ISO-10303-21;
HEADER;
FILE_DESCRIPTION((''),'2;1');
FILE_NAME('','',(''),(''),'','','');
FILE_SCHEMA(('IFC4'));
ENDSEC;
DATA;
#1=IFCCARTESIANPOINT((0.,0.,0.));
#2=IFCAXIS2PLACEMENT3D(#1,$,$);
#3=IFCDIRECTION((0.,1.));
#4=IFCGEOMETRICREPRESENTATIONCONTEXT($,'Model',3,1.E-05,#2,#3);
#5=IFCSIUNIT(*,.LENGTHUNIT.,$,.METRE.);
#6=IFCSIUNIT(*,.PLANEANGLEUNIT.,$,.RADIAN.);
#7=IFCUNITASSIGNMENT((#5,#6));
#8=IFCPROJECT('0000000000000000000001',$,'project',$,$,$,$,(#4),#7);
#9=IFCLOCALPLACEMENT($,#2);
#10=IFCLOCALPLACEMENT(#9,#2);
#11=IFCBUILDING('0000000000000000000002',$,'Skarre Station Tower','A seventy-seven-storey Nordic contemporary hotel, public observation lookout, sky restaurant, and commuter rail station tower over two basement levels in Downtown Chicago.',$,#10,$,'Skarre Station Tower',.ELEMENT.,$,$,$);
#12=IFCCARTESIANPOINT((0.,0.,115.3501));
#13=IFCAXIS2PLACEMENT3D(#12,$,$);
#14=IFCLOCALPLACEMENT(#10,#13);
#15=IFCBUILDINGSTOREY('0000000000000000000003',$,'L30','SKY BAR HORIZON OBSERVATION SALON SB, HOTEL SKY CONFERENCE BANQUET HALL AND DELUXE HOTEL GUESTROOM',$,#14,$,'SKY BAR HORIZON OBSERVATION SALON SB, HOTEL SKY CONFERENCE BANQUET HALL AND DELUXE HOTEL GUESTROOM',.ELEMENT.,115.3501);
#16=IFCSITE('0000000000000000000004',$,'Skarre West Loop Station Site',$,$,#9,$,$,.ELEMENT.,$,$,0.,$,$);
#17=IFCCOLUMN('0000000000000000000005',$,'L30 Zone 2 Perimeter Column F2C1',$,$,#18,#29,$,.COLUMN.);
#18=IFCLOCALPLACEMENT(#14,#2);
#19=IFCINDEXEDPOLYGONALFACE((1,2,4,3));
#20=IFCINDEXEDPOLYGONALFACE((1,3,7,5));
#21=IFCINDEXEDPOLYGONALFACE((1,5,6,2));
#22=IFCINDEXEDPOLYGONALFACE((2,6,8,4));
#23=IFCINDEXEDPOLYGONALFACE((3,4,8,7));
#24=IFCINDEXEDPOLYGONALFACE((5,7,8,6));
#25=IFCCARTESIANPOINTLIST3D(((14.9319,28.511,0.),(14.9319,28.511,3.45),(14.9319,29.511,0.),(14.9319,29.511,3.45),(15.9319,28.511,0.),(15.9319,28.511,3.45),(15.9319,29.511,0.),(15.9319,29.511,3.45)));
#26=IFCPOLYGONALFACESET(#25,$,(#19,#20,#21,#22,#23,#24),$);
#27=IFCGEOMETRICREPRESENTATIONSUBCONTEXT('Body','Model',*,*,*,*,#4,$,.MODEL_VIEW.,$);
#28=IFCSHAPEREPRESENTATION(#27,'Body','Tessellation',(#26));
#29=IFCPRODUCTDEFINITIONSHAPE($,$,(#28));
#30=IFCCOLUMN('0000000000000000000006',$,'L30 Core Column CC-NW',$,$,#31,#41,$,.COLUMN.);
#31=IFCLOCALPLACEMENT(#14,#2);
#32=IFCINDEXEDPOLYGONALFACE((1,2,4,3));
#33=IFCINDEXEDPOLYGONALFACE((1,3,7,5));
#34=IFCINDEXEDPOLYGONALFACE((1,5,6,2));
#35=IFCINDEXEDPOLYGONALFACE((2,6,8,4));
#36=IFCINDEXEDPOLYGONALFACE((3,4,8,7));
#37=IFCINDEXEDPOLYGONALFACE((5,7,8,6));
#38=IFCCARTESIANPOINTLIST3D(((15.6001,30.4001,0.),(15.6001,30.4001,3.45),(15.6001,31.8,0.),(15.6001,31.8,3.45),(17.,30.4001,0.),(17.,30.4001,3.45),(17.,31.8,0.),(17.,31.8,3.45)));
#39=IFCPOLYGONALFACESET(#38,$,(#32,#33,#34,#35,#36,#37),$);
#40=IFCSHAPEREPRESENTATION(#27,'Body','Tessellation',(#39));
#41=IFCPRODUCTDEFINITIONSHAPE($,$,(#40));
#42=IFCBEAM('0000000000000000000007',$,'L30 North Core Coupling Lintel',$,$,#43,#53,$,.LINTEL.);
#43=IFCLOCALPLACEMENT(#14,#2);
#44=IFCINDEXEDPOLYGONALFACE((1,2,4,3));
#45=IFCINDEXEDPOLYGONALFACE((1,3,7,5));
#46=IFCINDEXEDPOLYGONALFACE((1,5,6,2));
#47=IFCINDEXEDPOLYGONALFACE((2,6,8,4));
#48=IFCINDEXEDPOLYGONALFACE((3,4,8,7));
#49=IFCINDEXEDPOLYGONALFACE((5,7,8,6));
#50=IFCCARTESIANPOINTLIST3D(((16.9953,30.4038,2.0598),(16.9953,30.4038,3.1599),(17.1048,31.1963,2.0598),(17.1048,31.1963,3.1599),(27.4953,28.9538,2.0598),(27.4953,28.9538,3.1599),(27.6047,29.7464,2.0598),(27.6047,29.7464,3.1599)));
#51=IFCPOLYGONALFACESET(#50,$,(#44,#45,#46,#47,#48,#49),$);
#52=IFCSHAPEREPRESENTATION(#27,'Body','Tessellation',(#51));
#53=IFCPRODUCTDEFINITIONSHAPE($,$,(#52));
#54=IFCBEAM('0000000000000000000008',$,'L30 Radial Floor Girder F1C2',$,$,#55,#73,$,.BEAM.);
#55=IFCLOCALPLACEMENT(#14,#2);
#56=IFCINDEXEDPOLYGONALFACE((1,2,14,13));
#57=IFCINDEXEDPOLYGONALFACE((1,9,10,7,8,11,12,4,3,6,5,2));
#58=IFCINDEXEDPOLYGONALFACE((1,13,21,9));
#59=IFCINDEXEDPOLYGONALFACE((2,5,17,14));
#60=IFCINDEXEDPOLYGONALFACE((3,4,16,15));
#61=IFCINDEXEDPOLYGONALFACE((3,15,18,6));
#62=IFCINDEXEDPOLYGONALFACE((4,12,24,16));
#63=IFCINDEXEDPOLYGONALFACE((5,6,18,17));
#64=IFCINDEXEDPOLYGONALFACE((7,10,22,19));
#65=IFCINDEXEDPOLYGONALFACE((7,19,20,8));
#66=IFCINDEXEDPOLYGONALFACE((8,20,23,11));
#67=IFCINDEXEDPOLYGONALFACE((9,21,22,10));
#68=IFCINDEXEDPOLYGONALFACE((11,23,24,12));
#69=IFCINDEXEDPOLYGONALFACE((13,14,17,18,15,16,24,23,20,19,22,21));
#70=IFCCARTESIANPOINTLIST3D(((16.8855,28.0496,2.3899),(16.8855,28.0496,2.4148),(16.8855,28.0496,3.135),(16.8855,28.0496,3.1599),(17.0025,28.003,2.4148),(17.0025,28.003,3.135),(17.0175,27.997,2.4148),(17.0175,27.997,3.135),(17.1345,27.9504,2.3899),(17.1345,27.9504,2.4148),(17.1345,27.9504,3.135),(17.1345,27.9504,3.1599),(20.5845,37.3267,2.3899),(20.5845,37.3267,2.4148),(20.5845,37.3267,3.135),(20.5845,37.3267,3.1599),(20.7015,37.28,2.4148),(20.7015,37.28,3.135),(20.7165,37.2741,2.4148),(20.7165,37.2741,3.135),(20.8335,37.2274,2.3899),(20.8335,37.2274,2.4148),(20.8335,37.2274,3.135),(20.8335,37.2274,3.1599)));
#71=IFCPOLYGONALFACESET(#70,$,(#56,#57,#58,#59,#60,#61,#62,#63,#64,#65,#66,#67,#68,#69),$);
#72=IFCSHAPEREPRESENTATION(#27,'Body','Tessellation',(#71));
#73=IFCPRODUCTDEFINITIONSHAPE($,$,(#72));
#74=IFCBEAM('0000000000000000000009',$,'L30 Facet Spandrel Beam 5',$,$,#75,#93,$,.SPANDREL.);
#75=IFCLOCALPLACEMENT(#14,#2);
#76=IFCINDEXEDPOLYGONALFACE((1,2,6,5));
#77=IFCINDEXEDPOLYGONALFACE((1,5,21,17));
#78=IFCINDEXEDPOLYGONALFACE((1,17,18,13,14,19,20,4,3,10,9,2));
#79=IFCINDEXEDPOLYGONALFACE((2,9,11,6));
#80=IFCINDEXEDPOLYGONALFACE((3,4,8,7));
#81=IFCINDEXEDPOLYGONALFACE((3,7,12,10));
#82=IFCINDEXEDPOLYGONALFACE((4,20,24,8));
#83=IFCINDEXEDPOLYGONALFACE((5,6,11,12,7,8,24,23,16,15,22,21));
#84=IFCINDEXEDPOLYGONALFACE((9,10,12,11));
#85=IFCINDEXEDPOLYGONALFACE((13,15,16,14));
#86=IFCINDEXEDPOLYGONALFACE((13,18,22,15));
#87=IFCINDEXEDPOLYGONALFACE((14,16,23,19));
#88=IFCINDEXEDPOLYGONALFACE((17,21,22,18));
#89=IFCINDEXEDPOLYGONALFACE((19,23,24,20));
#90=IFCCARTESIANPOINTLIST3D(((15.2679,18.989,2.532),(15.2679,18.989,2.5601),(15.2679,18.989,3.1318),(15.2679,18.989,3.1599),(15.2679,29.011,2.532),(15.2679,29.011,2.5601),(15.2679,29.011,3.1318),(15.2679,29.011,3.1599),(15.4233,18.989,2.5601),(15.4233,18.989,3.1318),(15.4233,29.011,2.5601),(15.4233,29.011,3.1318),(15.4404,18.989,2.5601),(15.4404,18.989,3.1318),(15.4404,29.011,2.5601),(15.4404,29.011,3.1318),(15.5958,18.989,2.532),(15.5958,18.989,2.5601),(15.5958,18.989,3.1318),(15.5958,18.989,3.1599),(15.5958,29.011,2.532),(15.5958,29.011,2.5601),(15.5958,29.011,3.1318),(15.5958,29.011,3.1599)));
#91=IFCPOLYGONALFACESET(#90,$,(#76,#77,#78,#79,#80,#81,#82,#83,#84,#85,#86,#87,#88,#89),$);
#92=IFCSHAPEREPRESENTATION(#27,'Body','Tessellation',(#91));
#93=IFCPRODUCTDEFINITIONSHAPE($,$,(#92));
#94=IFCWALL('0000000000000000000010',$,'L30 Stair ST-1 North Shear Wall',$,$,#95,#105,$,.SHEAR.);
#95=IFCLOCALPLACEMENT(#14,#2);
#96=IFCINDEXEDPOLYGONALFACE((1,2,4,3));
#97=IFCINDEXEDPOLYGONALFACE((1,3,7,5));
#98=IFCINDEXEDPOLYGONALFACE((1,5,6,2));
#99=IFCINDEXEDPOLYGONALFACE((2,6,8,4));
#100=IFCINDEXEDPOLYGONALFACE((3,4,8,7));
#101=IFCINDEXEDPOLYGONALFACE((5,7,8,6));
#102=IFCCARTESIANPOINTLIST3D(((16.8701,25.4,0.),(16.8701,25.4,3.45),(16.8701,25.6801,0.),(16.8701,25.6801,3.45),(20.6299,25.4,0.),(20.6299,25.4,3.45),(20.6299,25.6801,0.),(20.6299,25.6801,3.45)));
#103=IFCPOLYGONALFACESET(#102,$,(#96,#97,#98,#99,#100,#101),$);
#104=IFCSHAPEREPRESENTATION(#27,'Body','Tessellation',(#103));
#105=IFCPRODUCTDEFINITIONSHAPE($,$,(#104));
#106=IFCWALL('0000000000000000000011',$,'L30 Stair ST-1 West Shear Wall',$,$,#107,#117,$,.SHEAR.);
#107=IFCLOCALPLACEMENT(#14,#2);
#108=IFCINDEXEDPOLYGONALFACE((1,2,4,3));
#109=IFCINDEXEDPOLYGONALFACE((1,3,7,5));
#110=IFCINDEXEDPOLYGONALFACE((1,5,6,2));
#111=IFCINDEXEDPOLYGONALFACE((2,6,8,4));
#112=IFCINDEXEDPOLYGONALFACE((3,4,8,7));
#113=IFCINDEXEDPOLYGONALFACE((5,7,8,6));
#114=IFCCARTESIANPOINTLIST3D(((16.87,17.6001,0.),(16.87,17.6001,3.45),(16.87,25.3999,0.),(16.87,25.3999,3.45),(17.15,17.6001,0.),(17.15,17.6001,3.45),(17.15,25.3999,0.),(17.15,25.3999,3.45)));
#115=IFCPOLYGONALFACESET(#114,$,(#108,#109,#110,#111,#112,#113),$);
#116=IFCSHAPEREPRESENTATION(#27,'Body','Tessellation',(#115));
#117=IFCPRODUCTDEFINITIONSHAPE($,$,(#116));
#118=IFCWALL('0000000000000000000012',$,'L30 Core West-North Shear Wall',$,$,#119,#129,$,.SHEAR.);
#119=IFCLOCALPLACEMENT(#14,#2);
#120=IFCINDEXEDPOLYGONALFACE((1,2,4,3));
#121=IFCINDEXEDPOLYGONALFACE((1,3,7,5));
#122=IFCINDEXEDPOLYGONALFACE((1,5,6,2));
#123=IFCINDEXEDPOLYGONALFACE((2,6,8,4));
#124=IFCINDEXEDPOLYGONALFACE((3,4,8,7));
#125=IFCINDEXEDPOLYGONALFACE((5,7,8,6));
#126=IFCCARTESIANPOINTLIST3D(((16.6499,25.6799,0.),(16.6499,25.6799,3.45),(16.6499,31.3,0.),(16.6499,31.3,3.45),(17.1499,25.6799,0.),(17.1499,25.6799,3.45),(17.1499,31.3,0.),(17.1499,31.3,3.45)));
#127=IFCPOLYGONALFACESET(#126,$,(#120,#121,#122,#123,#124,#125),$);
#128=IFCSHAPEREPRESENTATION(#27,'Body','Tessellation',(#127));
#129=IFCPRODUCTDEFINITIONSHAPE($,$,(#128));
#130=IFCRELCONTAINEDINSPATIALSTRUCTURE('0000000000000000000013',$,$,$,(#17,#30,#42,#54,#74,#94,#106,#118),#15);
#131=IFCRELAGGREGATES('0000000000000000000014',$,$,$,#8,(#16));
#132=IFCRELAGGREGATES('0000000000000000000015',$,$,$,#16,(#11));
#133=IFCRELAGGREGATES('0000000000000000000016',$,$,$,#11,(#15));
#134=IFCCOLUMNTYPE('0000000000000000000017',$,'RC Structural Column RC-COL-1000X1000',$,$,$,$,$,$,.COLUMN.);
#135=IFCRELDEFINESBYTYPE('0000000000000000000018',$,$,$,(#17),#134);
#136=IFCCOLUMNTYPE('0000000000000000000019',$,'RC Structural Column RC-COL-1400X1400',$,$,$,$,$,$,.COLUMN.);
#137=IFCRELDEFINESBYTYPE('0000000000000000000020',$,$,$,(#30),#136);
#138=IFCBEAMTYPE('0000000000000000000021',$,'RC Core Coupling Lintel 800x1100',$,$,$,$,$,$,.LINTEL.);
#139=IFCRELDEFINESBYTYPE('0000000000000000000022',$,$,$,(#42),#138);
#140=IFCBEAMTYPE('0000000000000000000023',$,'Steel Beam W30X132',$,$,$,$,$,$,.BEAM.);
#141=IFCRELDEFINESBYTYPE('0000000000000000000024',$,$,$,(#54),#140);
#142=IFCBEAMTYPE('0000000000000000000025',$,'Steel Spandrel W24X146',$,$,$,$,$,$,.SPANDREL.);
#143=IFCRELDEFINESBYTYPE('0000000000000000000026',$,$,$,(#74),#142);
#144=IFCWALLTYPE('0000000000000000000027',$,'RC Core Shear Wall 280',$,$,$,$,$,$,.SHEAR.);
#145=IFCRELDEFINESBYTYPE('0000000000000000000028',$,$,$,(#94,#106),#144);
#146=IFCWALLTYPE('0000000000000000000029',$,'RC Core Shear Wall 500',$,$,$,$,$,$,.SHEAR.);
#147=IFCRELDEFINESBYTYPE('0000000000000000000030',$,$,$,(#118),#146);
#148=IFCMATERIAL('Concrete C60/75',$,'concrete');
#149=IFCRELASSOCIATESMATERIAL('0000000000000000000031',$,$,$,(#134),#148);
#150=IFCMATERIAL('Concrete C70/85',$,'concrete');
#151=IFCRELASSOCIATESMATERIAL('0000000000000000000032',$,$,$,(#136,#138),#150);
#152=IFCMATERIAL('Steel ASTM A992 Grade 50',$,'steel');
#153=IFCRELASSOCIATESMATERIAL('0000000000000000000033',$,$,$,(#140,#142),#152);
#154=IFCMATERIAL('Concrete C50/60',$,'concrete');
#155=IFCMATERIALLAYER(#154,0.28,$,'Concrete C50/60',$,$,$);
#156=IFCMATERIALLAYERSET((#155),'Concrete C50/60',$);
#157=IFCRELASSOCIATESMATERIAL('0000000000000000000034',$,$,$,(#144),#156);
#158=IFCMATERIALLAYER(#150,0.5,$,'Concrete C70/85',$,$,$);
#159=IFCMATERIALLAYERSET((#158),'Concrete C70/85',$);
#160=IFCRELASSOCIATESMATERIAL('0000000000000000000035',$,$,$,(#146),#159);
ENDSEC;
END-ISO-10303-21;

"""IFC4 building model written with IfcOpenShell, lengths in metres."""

from ifc_helpers import new_model, si_unit, direction, frame, frame_2d, origin, origin_2d, place, context, subcontext, project, spatial, rectangle, i_section, extrude, material, layer, layer_set, material_profile, profile_set, type_object, element, save


model = new_model("IFC4")

# Units and contexts
model_context = context("Model", 3, precision=1e-05, world=origin(), true_north=direction((0.0, 1.0)))
body_context = subcontext(model_context, "Body", "Model", "MODEL_VIEW")
ifc_project = project(units=[si_unit("LENGTHUNIT", "METRE"), si_unit("PLANEANGLEUNIT", "RADIAN")], contexts=[model_context])

# Site, building, storey
site_placement = place(None, origin())
site = spatial("IfcSite", under=ifc_project, at=site_placement, Name="Skarre West Loop Station Site", CompositionType="ELEMENT", RefElevation=0.0)
building_placement = place(site_placement, origin())
building = spatial("IfcBuilding", under=site, at=building_placement, Name="Skarre Station Tower", Description="A seventy-seven-storey Nordic contemporary hotel, public observation lookout, sky restaurant, and commuter rail station tower over two basement levels in Downtown Chicago.", LongName="Skarre Station Tower", CompositionType="ELEMENT")
storey_placement = place(building_placement, frame((0.0, 0.0, 115.3501)))
storey = spatial("IfcBuildingStorey", under=building, at=storey_placement, Name="L30", Description="SKY BAR HORIZON OBSERVATION SALON SB, HOTEL SKY CONFERENCE BANQUET HALL AND DELUXE HOTEL GUESTROOM", LongName="SKY BAR HORIZON OBSERVATION SALON SB, HOTEL SKY CONFERENCE BANQUET HALL AND DELUXE HOTEL GUESTROOM", CompositionType="ELEMENT", Elevation=115.3501)

# Columns
ifc_material_1 = material(Name="Concrete C60/75", Category="concrete")
ifc_material_profile_1 = material_profile(ifc_material_1, rectangle(XDim=1.0, YDim=1.0, at=origin_2d()), Name="Concrete C60/75")
ifc_profile_set_1 = profile_set([ifc_material_profile_1], Name="Concrete C60/75")
column_type_1 = type_object("IfcColumnType", Name="RC Structural Column RC-COL-1000X1000", PredefinedType="COLUMN", material=ifc_profile_set_1)
column_1_placement = place(storey_placement, frame((15.4319, 29.011, 0.0), z_axis=(0.0, 0.0, 1.0), x_axis=(1.0, 0.0, 0.0)))
element("IfcColumn", 1, at=column_1_placement, inside=storey, type_object=column_type_1, Name="L30 Zone 2 Perimeter Column F2C1", PredefinedType="COLUMN", context=body_context, shape_type="SweptSolid", body=[
    extrude(rectangle(XDim=1.0, YDim=1.0, at=origin_2d()), origin(), (0.0, 0.0, 1.0), 3.45),
])
ifc_material_2 = material(Name="Concrete C70/85", Category="concrete")
ifc_material_profile_2 = material_profile(ifc_material_2, rectangle(XDim=1.3999, YDim=1.3999, at=origin_2d()), Name="Concrete C70/85")
ifc_profile_set_2 = profile_set([ifc_material_profile_2], Name="Concrete C70/85")
column_type_2 = type_object("IfcColumnType", Name="RC Structural Column RC-COL-1400X1400", PredefinedType="COLUMN", material=ifc_profile_set_2)
column_2_placement = place(storey_placement, frame((16.3, 31.1001, 0.0), z_axis=(0.0, 0.0, 1.0), x_axis=(1.0, 0.0, 0.0)))
element("IfcColumn", 2, at=column_2_placement, inside=storey, type_object=column_type_2, Name="L30 Core Column CC-NW", PredefinedType="COLUMN", context=body_context, shape_type="SweptSolid", body=[
    extrude(rectangle(XDim=1.3999, YDim=1.3999, at=origin_2d()), origin(), (0.0, 0.0, 1.0), 3.45),
])

# Beams
ifc_material_profile_3 = material_profile(ifc_material_2, rectangle(XDim=0.8, YDim=1.1001, at=origin_2d()), Name="Concrete C70/85")
ifc_profile_set_3 = profile_set([ifc_material_profile_3], Name="Concrete C70/85")
beam_type_1 = type_object("IfcBeamType", Name="RC Core Coupling Lintel 800x1100", PredefinedType="LINTEL", material=ifc_profile_set_3)
beam_1_placement = place(storey_placement, frame((17.05, 30.8, 2.6099), z_axis=(0.9906, -0.136792, 0.0), x_axis=(0.136792, 0.9906, 0.0)))
element("IfcBeam", 3, at=beam_1_placement, inside=storey, type_object=beam_type_1, Name="L30 North Core Coupling Lintel", PredefinedType="LINTEL", context=body_context, shape_type="SweptSolid", body=[
    extrude(rectangle(XDim=0.8, YDim=1.1001, at=origin_2d()), origin(), (0.0, 0.0, 1.0), 10.5996),
])
ifc_material_3 = material(Name="Steel ASTM A992 Grade 50", Category="steel")
ifc_material_profile_4 = material_profile(ifc_material_3, i_section(OverallWidth=0.2681, OverallDepth=0.77, WebThickness=0.0161, FlangeThickness=0.0249, at=origin_2d()), Name="Steel ASTM A992 Grade 50")
ifc_profile_set_4 = profile_set([ifc_material_profile_4], Name="Steel ASTM A992 Grade 50")
beam_type_2 = type_object("IfcBeamType", Name="Steel Beam W30X132", PredefinedType="BEAM", material=ifc_profile_set_4)
beam_2_placement = place(storey_placement, frame((17.01, 28.0, 2.7749), z_axis=(0.370366, 0.928886, 0.0), x_axis=(-0.928886, 0.370366, 0.0)))
element("IfcBeam", 4, at=beam_2_placement, inside=storey, type_object=beam_type_2, Name="L30 Radial Floor Girder F1C2", PredefinedType="BEAM", context=body_context, shape_type="SweptSolid", body=[
    extrude(i_section(OverallWidth=0.2681, OverallDepth=0.77, WebThickness=0.0161, FlangeThickness=0.0249, at=origin_2d()), origin(), (0.0, 0.0, 1.0), 9.9873),
])
ifc_material_profile_5 = material_profile(ifc_material_3, i_section(OverallWidth=0.3279, OverallDepth=0.6279, WebThickness=0.0171, FlangeThickness=0.0281, at=origin_2d()), Name="Steel ASTM A992 Grade 50")
ifc_profile_set_5 = profile_set([ifc_material_profile_5], Name="Steel ASTM A992 Grade 50")
beam_type_3 = type_object("IfcBeamType", Name="Steel Spandrel W24X146", PredefinedType="SPANDREL", material=ifc_profile_set_5)
beam_3_placement = place(storey_placement, frame((15.4319, 29.011, 2.8459), z_axis=(0.0, -1.0, 0.0), x_axis=(1.0, 0.0, 0.0)))
element("IfcBeam", 5, at=beam_3_placement, inside=storey, type_object=beam_type_3, Name="L30 Facet Spandrel Beam 5", PredefinedType="SPANDREL", context=body_context, shape_type="SweptSolid", body=[
    extrude(i_section(OverallWidth=0.3279, OverallDepth=0.6279, WebThickness=0.0171, FlangeThickness=0.0281, at=origin_2d()), origin(), (0.0, 0.0, 1.0), 10.022),
])

# Walls
ifc_material_4 = material(Name="Concrete C50/60", Category="concrete")
ifc_layer_1 = layer(ifc_material_4, 0.28, Name="Concrete C50/60")
ifc_layer_set_1 = layer_set([ifc_layer_1], Name="Concrete C50/60")
wall_type_1 = type_object("IfcWallType", Name="RC Core Shear Wall 280", PredefinedType="SHEAR", material=ifc_layer_set_1)
wall_1_placement = place(storey_placement, frame((20.6299, 25.54, 0.0), z_axis=(0.0, 0.0, 1.0), x_axis=(-1.0, 0.0, 0.0)))
element("IfcWall", 6, at=wall_1_placement, inside=storey, type_object=wall_type_1, Name="L30 Stair ST-1 North Shear Wall", PredefinedType="SHEAR", context=body_context, shape_type="SweptSolid", body=[
    extrude(rectangle(XDim=3.7598, YDim=0.28, at=frame_2d((1.8799, 0.0))), origin(), (0.0, 0.0, 1.0), 3.45),
])
wall_2_placement = place(storey_placement, frame((17.01, 25.3999, 0.0), z_axis=(0.0, 0.0, 1.0), x_axis=(0.0, -1.0, 0.0)))
element("IfcWall", 7, at=wall_2_placement, inside=storey, type_object=wall_type_1, Name="L30 Stair ST-1 West Shear Wall", PredefinedType="SHEAR", context=body_context, shape_type="SweptSolid", body=[
    extrude(rectangle(XDim=7.7998, YDim=0.28, at=frame_2d((3.8999, 0.0))), origin(), (0.0, 0.0, 1.0), 3.45),
])
ifc_layer_2 = layer(ifc_material_2, 0.5, Name="Concrete C70/85")
ifc_layer_set_2 = layer_set([ifc_layer_2], Name="Concrete C70/85")
wall_type_2 = type_object("IfcWallType", Name="RC Core Shear Wall 500", PredefinedType="SHEAR", material=ifc_layer_set_2)
wall_3_placement = place(storey_placement, frame((16.8999, 25.6799, 0.0), z_axis=(0.0, 0.0, 1.0), x_axis=(0.0, 1.0, 0.0)))
element("IfcWall", 8, at=wall_3_placement, inside=storey, type_object=wall_type_2, Name="L30 Core West-North Shear Wall", PredefinedType="SHEAR", context=body_context, shape_type="SweptSolid", body=[
    extrude(rectangle(XDim=5.6201, YDim=0.5, at=frame_2d((2.8101, 0.0))), origin(), (0.0, 0.0, 1.0), 3.45),
])

save(model, "model.ifc")
